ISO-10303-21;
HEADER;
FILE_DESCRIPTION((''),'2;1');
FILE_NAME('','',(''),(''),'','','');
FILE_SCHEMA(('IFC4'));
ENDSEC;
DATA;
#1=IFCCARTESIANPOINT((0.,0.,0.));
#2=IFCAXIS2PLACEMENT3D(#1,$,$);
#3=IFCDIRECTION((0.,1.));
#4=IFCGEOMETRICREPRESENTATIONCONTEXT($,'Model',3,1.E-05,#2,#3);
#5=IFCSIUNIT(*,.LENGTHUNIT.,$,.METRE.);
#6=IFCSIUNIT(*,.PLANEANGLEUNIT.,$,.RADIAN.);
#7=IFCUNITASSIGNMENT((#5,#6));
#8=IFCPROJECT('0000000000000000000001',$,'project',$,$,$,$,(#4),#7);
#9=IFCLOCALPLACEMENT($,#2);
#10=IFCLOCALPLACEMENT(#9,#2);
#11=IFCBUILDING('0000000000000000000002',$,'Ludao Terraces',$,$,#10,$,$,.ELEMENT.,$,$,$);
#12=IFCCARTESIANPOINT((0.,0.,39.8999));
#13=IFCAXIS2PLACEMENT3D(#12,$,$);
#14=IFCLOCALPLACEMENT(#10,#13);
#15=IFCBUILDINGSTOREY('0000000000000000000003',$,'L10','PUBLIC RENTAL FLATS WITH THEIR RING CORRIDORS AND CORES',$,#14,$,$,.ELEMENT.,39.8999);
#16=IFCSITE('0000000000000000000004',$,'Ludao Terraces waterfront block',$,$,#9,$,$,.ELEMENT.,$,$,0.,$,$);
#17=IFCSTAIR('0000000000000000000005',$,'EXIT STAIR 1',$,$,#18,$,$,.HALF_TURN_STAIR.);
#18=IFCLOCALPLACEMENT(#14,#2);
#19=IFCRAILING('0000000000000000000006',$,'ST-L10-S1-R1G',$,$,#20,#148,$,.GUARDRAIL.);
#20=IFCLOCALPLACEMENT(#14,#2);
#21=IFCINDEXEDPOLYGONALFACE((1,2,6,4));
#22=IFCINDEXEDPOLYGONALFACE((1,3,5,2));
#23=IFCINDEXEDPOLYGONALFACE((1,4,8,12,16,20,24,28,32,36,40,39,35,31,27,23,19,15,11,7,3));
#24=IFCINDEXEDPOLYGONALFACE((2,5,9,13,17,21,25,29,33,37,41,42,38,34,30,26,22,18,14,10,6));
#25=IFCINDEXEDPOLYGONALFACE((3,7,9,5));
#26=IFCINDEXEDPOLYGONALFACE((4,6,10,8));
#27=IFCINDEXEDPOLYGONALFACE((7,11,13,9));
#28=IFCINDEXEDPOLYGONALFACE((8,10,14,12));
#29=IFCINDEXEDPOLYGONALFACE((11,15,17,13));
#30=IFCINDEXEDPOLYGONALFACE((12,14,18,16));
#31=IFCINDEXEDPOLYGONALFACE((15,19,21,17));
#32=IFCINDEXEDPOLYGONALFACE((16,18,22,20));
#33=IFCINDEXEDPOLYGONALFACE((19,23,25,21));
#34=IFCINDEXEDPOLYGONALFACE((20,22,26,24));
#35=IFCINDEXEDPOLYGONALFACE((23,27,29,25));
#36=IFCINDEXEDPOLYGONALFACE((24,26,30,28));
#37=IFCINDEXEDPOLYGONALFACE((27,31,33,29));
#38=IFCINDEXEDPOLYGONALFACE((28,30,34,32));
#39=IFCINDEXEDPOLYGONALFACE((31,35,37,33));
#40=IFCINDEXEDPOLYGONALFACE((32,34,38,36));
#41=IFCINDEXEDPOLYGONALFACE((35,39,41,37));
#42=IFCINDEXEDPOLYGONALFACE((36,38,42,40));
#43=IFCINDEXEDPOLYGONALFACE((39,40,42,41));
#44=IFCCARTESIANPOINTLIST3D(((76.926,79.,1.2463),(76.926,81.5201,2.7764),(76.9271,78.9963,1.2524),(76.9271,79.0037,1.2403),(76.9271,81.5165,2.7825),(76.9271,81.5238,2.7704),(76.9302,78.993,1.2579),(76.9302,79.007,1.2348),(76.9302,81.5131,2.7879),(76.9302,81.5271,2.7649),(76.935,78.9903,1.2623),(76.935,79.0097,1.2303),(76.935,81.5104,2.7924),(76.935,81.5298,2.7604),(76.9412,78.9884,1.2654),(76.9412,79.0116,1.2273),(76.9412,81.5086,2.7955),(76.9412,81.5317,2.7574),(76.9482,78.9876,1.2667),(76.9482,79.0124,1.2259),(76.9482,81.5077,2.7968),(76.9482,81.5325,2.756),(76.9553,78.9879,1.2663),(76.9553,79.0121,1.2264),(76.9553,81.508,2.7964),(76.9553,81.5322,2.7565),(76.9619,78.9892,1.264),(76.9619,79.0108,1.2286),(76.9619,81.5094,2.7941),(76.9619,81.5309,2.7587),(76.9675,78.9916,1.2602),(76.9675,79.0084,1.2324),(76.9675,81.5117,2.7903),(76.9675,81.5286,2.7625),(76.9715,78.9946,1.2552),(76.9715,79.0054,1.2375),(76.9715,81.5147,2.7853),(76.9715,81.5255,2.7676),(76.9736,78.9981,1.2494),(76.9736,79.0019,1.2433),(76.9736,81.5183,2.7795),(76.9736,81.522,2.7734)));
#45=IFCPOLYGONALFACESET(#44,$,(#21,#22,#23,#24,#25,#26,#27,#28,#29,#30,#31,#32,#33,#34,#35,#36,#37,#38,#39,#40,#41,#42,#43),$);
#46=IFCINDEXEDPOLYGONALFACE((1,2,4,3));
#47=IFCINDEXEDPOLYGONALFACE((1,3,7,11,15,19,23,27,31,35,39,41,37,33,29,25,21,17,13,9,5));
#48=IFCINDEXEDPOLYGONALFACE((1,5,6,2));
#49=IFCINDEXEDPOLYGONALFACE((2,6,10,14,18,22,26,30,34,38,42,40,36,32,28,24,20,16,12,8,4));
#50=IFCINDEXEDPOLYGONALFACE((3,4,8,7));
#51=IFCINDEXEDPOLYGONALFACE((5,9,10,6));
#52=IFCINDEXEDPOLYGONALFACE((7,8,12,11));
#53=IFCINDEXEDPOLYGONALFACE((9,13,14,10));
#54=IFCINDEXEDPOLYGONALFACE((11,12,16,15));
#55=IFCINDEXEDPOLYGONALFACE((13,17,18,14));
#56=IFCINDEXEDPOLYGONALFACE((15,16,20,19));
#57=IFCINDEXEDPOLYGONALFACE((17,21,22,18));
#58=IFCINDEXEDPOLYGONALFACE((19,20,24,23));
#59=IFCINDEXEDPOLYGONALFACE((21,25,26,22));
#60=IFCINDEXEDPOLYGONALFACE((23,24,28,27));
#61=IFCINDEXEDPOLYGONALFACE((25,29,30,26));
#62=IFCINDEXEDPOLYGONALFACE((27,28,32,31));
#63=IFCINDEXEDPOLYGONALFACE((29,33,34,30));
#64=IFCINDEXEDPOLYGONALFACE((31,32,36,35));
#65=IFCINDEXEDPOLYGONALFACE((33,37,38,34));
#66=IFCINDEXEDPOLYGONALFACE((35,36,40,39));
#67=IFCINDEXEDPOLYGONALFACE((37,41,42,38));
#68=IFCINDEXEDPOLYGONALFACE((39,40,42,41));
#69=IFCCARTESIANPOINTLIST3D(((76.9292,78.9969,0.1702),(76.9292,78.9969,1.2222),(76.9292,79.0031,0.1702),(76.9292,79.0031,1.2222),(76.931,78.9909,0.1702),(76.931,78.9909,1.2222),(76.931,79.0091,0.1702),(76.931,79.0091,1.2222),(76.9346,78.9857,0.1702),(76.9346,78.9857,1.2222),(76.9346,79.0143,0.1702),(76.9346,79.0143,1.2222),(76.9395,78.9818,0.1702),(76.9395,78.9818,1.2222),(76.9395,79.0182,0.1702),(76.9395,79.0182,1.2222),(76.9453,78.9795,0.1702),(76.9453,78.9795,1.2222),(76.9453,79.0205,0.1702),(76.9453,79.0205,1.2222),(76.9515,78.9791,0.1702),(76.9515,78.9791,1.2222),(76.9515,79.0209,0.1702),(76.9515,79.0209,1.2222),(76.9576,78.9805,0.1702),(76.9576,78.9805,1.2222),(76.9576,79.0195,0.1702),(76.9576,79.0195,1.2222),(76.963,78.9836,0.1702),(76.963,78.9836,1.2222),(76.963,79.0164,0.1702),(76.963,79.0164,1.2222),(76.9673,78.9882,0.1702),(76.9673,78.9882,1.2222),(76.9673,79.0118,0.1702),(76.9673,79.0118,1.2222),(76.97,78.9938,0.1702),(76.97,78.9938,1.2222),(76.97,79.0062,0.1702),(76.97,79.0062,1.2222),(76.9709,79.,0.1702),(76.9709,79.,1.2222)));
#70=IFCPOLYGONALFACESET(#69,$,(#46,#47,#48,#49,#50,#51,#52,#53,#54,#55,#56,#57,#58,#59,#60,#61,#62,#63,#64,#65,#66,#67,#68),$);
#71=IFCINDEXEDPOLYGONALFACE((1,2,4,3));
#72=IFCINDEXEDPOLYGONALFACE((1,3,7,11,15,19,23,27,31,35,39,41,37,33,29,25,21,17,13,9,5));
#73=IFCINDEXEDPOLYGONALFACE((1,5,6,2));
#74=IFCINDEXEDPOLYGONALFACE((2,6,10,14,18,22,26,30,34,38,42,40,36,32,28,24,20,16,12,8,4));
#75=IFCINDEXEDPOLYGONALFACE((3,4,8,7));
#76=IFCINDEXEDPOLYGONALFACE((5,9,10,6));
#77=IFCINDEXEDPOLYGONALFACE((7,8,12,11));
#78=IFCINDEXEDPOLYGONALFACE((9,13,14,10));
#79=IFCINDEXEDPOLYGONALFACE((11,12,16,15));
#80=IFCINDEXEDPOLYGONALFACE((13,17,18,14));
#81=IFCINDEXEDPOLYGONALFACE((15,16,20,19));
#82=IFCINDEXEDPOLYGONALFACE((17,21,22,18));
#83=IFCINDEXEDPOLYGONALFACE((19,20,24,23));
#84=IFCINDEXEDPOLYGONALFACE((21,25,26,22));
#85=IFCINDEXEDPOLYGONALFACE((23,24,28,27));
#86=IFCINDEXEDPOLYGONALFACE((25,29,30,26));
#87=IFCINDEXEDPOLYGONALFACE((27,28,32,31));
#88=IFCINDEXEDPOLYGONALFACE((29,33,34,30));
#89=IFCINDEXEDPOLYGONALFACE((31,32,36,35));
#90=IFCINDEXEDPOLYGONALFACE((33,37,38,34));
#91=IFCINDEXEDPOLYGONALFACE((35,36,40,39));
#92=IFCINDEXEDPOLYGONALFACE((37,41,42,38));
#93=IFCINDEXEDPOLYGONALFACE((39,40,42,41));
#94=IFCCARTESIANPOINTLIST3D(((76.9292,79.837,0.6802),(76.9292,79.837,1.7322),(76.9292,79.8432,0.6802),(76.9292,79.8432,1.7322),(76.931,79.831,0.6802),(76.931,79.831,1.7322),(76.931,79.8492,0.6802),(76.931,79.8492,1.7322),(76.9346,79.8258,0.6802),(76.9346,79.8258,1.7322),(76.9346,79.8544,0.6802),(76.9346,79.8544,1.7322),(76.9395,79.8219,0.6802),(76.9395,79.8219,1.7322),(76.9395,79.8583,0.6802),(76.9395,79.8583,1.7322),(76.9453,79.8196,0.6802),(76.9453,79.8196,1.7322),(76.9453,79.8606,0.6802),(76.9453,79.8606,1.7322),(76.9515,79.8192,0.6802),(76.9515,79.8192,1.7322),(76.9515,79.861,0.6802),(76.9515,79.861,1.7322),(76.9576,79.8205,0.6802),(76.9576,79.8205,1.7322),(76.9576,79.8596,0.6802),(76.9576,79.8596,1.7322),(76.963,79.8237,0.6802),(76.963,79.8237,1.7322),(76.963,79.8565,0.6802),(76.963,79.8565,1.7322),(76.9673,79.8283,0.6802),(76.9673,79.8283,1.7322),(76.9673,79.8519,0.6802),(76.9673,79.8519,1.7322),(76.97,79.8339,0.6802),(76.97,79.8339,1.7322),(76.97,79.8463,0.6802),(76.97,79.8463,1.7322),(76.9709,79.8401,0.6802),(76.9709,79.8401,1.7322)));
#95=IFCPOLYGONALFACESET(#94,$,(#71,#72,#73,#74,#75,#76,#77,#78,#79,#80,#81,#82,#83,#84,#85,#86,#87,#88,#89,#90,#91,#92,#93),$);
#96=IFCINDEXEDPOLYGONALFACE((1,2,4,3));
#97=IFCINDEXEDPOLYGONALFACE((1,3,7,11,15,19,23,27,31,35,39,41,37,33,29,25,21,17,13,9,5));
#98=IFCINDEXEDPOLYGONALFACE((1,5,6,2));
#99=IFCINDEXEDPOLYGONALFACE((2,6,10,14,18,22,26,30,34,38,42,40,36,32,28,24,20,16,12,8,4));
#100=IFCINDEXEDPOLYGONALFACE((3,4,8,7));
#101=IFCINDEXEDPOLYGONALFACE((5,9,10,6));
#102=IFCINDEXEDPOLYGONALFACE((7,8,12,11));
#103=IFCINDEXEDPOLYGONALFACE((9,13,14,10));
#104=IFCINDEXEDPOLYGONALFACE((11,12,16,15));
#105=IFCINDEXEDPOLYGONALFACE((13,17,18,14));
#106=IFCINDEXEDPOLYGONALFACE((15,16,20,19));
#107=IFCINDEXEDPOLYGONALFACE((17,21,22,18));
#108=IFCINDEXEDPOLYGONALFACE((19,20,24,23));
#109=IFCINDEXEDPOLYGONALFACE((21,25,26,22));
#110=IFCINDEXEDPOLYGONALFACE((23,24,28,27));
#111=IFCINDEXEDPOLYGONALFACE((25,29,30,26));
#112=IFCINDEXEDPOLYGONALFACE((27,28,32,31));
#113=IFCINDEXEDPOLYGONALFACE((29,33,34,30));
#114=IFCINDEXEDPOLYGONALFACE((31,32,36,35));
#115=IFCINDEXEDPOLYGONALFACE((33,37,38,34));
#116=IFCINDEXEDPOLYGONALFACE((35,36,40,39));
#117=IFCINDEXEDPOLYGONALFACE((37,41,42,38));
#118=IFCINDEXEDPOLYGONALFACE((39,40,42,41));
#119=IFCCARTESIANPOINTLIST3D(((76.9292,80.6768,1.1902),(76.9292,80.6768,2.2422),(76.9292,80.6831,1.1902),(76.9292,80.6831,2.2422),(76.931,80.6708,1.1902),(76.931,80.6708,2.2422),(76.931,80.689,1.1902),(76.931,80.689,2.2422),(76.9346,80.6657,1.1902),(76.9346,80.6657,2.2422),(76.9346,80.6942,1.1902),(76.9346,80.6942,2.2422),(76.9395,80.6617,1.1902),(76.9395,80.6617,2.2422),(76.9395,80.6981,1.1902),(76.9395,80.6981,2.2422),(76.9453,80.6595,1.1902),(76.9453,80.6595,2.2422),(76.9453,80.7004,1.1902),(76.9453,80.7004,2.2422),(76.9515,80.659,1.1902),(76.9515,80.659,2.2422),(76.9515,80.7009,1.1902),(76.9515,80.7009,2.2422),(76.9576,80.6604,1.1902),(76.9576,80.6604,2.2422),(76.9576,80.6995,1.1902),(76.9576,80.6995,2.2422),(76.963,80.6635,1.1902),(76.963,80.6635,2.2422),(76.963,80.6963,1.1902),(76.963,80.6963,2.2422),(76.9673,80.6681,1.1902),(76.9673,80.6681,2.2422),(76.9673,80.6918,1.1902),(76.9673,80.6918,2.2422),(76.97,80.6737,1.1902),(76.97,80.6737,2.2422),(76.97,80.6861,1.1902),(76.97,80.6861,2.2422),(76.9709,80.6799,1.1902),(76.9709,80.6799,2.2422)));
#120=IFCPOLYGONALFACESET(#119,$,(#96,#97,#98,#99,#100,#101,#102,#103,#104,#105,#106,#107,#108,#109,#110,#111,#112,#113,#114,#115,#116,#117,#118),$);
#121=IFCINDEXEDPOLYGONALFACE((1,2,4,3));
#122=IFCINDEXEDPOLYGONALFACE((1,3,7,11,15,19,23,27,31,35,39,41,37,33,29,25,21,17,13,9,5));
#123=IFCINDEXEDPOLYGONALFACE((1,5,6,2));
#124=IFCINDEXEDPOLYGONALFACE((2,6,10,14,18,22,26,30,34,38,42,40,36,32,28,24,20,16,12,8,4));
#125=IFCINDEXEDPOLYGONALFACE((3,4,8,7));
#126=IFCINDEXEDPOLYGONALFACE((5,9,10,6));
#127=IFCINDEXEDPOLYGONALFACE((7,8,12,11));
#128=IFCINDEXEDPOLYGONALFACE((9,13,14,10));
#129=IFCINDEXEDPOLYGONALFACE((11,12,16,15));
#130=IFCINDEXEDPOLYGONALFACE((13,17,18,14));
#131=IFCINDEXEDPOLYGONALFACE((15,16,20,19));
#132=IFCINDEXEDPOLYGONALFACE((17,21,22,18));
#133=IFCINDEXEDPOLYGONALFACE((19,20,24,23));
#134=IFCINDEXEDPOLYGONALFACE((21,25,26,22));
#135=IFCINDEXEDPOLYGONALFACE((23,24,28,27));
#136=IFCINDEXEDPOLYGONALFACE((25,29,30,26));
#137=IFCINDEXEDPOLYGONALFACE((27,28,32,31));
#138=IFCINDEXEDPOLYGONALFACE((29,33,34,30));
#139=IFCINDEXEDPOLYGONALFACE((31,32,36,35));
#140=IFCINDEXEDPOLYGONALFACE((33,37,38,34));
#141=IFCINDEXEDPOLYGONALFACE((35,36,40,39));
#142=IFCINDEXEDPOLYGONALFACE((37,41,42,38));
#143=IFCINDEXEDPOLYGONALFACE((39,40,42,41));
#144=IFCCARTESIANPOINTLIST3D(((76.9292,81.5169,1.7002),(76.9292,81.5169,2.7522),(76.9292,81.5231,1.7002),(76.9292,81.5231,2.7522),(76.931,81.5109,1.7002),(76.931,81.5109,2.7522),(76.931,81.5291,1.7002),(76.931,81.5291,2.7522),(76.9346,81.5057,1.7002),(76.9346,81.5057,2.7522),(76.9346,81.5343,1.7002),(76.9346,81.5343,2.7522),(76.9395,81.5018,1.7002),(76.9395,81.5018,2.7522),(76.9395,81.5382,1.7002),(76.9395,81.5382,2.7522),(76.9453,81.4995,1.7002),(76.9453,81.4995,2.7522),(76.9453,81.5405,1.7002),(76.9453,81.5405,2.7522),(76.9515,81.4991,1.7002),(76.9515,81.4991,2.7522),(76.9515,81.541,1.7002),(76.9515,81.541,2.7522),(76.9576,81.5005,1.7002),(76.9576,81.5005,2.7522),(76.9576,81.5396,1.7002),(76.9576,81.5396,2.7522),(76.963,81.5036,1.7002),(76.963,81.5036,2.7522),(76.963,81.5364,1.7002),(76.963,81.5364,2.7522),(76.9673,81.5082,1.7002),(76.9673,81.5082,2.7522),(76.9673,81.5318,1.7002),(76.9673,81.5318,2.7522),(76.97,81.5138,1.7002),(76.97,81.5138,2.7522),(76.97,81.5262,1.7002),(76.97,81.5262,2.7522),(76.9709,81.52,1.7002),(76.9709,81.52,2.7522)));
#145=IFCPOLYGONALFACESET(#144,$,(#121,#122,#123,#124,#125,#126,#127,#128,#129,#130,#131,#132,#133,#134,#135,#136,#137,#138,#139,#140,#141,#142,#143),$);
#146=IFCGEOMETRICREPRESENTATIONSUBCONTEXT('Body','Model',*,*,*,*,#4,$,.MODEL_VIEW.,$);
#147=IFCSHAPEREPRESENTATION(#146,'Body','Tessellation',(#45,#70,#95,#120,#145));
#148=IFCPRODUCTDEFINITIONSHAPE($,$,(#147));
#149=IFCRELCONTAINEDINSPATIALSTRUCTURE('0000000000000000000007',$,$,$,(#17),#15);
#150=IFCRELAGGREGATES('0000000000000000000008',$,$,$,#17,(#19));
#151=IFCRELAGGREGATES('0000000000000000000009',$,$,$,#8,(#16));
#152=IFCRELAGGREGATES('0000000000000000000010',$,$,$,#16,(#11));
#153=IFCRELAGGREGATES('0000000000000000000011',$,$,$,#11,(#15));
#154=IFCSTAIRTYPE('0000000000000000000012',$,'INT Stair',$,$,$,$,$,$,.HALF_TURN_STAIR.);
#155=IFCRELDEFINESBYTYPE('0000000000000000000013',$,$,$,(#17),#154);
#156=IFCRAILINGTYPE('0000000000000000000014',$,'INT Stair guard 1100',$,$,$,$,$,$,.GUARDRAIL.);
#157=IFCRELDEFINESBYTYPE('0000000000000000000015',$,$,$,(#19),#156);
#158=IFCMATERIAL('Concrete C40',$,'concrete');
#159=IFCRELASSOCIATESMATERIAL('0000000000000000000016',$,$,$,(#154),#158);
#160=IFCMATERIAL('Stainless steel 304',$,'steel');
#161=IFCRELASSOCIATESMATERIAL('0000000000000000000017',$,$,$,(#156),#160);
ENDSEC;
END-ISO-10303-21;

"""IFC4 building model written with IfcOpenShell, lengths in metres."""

from ifc_helpers import new_model, si_unit, direction, frame, origin, origin_2d, place, context, subcontext, project, spatial, circle, extrude, material, type_object, element, aggregate, save


model = new_model("IFC4")

# Units and contexts
model_context = context("Model", 3, precision=1e-05, world=origin(), true_north=direction((0.0, 1.0)))
body_context = subcontext(model_context, "Body", "Model", "MODEL_VIEW")
ifc_project = project(units=[si_unit("LENGTHUNIT", "METRE"), si_unit("PLANEANGLEUNIT", "RADIAN")], contexts=[model_context])

# Site, building, storey
site_placement = place(None, origin())
site = spatial("IfcSite", under=ifc_project, at=site_placement, Name="Ludao Terraces waterfront block", CompositionType="ELEMENT", RefElevation=0.0)
building_placement = place(site_placement, origin())
building = spatial("IfcBuilding", under=site, at=building_placement, Name="Ludao Terraces", CompositionType="ELEMENT")
storey_placement = place(building_placement, frame((0.0, 0.0, 39.8999)))
storey = spatial("IfcBuildingStorey", under=building, at=storey_placement, Name="L10", Description="PUBLIC RENTAL FLATS WITH THEIR RING CORRIDORS AND CORES", CompositionType="ELEMENT", Elevation=39.8999)

# Shared definitions
ifc_material_1 = material(Name="Concrete C40", Category="concrete")

# Shared definitions
ifc_material_2 = material(Name="Stainless steel 304", Category="steel")

# Stair, railing
stair_type = type_object("IfcStairType", Name="INT Stair", PredefinedType="HALF_TURN_STAIR", material=ifc_material_1)
stair_placement = place(storey_placement, origin())
stair = element("IfcStair", 1, at=stair_placement, inside=storey, type_object=stair_type, Name="EXIT STAIR 1", PredefinedType="HALF_TURN_STAIR")
railing_type_1 = type_object("IfcRailingType", Name="INT Stair guard 1100", PredefinedType="GUARDRAIL", material=ifc_material_2)
railing_1_placement = place(storey_placement, frame((76.95, 79.0, 0.1702)))
railing_1 = element("IfcRailing", 2, at=railing_1_placement, type_object=railing_type_1, Name="ST-L10-S1-R1G", PredefinedType="GUARDRAIL", context=body_context, shape_type="SweptSolid", body=[
    extrude(circle(Radius=0.0239, at=origin_2d()), frame((0.0, 0.0, 1.0762), z_axis=(0.0, 0.854785, 0.518982), x_axis=(-1.0, 0.0, 0.0)), (0.0, 0.0, 1.0), 2.9482),
    extrude(circle(Radius=0.021, at=origin_2d()), origin(), (0.0, 0.0, 1.0), 1.052),
    extrude(circle(Radius=0.021, at=origin_2d()), frame((0.0, 0.8401, 0.51)), (0.0, 0.0, 1.0), 1.052),
    extrude(circle(Radius=0.021, at=origin_2d()), frame((0.0, 1.6799, 1.02)), (0.0, 0.0, 1.0), 1.052),
    extrude(circle(Radius=0.021, at=origin_2d()), frame((0.0, 2.52, 1.53)), (0.0, 0.0, 1.0), 1.052),
])
aggregate(stair, [railing_1])

save(model, "model.ifc")
